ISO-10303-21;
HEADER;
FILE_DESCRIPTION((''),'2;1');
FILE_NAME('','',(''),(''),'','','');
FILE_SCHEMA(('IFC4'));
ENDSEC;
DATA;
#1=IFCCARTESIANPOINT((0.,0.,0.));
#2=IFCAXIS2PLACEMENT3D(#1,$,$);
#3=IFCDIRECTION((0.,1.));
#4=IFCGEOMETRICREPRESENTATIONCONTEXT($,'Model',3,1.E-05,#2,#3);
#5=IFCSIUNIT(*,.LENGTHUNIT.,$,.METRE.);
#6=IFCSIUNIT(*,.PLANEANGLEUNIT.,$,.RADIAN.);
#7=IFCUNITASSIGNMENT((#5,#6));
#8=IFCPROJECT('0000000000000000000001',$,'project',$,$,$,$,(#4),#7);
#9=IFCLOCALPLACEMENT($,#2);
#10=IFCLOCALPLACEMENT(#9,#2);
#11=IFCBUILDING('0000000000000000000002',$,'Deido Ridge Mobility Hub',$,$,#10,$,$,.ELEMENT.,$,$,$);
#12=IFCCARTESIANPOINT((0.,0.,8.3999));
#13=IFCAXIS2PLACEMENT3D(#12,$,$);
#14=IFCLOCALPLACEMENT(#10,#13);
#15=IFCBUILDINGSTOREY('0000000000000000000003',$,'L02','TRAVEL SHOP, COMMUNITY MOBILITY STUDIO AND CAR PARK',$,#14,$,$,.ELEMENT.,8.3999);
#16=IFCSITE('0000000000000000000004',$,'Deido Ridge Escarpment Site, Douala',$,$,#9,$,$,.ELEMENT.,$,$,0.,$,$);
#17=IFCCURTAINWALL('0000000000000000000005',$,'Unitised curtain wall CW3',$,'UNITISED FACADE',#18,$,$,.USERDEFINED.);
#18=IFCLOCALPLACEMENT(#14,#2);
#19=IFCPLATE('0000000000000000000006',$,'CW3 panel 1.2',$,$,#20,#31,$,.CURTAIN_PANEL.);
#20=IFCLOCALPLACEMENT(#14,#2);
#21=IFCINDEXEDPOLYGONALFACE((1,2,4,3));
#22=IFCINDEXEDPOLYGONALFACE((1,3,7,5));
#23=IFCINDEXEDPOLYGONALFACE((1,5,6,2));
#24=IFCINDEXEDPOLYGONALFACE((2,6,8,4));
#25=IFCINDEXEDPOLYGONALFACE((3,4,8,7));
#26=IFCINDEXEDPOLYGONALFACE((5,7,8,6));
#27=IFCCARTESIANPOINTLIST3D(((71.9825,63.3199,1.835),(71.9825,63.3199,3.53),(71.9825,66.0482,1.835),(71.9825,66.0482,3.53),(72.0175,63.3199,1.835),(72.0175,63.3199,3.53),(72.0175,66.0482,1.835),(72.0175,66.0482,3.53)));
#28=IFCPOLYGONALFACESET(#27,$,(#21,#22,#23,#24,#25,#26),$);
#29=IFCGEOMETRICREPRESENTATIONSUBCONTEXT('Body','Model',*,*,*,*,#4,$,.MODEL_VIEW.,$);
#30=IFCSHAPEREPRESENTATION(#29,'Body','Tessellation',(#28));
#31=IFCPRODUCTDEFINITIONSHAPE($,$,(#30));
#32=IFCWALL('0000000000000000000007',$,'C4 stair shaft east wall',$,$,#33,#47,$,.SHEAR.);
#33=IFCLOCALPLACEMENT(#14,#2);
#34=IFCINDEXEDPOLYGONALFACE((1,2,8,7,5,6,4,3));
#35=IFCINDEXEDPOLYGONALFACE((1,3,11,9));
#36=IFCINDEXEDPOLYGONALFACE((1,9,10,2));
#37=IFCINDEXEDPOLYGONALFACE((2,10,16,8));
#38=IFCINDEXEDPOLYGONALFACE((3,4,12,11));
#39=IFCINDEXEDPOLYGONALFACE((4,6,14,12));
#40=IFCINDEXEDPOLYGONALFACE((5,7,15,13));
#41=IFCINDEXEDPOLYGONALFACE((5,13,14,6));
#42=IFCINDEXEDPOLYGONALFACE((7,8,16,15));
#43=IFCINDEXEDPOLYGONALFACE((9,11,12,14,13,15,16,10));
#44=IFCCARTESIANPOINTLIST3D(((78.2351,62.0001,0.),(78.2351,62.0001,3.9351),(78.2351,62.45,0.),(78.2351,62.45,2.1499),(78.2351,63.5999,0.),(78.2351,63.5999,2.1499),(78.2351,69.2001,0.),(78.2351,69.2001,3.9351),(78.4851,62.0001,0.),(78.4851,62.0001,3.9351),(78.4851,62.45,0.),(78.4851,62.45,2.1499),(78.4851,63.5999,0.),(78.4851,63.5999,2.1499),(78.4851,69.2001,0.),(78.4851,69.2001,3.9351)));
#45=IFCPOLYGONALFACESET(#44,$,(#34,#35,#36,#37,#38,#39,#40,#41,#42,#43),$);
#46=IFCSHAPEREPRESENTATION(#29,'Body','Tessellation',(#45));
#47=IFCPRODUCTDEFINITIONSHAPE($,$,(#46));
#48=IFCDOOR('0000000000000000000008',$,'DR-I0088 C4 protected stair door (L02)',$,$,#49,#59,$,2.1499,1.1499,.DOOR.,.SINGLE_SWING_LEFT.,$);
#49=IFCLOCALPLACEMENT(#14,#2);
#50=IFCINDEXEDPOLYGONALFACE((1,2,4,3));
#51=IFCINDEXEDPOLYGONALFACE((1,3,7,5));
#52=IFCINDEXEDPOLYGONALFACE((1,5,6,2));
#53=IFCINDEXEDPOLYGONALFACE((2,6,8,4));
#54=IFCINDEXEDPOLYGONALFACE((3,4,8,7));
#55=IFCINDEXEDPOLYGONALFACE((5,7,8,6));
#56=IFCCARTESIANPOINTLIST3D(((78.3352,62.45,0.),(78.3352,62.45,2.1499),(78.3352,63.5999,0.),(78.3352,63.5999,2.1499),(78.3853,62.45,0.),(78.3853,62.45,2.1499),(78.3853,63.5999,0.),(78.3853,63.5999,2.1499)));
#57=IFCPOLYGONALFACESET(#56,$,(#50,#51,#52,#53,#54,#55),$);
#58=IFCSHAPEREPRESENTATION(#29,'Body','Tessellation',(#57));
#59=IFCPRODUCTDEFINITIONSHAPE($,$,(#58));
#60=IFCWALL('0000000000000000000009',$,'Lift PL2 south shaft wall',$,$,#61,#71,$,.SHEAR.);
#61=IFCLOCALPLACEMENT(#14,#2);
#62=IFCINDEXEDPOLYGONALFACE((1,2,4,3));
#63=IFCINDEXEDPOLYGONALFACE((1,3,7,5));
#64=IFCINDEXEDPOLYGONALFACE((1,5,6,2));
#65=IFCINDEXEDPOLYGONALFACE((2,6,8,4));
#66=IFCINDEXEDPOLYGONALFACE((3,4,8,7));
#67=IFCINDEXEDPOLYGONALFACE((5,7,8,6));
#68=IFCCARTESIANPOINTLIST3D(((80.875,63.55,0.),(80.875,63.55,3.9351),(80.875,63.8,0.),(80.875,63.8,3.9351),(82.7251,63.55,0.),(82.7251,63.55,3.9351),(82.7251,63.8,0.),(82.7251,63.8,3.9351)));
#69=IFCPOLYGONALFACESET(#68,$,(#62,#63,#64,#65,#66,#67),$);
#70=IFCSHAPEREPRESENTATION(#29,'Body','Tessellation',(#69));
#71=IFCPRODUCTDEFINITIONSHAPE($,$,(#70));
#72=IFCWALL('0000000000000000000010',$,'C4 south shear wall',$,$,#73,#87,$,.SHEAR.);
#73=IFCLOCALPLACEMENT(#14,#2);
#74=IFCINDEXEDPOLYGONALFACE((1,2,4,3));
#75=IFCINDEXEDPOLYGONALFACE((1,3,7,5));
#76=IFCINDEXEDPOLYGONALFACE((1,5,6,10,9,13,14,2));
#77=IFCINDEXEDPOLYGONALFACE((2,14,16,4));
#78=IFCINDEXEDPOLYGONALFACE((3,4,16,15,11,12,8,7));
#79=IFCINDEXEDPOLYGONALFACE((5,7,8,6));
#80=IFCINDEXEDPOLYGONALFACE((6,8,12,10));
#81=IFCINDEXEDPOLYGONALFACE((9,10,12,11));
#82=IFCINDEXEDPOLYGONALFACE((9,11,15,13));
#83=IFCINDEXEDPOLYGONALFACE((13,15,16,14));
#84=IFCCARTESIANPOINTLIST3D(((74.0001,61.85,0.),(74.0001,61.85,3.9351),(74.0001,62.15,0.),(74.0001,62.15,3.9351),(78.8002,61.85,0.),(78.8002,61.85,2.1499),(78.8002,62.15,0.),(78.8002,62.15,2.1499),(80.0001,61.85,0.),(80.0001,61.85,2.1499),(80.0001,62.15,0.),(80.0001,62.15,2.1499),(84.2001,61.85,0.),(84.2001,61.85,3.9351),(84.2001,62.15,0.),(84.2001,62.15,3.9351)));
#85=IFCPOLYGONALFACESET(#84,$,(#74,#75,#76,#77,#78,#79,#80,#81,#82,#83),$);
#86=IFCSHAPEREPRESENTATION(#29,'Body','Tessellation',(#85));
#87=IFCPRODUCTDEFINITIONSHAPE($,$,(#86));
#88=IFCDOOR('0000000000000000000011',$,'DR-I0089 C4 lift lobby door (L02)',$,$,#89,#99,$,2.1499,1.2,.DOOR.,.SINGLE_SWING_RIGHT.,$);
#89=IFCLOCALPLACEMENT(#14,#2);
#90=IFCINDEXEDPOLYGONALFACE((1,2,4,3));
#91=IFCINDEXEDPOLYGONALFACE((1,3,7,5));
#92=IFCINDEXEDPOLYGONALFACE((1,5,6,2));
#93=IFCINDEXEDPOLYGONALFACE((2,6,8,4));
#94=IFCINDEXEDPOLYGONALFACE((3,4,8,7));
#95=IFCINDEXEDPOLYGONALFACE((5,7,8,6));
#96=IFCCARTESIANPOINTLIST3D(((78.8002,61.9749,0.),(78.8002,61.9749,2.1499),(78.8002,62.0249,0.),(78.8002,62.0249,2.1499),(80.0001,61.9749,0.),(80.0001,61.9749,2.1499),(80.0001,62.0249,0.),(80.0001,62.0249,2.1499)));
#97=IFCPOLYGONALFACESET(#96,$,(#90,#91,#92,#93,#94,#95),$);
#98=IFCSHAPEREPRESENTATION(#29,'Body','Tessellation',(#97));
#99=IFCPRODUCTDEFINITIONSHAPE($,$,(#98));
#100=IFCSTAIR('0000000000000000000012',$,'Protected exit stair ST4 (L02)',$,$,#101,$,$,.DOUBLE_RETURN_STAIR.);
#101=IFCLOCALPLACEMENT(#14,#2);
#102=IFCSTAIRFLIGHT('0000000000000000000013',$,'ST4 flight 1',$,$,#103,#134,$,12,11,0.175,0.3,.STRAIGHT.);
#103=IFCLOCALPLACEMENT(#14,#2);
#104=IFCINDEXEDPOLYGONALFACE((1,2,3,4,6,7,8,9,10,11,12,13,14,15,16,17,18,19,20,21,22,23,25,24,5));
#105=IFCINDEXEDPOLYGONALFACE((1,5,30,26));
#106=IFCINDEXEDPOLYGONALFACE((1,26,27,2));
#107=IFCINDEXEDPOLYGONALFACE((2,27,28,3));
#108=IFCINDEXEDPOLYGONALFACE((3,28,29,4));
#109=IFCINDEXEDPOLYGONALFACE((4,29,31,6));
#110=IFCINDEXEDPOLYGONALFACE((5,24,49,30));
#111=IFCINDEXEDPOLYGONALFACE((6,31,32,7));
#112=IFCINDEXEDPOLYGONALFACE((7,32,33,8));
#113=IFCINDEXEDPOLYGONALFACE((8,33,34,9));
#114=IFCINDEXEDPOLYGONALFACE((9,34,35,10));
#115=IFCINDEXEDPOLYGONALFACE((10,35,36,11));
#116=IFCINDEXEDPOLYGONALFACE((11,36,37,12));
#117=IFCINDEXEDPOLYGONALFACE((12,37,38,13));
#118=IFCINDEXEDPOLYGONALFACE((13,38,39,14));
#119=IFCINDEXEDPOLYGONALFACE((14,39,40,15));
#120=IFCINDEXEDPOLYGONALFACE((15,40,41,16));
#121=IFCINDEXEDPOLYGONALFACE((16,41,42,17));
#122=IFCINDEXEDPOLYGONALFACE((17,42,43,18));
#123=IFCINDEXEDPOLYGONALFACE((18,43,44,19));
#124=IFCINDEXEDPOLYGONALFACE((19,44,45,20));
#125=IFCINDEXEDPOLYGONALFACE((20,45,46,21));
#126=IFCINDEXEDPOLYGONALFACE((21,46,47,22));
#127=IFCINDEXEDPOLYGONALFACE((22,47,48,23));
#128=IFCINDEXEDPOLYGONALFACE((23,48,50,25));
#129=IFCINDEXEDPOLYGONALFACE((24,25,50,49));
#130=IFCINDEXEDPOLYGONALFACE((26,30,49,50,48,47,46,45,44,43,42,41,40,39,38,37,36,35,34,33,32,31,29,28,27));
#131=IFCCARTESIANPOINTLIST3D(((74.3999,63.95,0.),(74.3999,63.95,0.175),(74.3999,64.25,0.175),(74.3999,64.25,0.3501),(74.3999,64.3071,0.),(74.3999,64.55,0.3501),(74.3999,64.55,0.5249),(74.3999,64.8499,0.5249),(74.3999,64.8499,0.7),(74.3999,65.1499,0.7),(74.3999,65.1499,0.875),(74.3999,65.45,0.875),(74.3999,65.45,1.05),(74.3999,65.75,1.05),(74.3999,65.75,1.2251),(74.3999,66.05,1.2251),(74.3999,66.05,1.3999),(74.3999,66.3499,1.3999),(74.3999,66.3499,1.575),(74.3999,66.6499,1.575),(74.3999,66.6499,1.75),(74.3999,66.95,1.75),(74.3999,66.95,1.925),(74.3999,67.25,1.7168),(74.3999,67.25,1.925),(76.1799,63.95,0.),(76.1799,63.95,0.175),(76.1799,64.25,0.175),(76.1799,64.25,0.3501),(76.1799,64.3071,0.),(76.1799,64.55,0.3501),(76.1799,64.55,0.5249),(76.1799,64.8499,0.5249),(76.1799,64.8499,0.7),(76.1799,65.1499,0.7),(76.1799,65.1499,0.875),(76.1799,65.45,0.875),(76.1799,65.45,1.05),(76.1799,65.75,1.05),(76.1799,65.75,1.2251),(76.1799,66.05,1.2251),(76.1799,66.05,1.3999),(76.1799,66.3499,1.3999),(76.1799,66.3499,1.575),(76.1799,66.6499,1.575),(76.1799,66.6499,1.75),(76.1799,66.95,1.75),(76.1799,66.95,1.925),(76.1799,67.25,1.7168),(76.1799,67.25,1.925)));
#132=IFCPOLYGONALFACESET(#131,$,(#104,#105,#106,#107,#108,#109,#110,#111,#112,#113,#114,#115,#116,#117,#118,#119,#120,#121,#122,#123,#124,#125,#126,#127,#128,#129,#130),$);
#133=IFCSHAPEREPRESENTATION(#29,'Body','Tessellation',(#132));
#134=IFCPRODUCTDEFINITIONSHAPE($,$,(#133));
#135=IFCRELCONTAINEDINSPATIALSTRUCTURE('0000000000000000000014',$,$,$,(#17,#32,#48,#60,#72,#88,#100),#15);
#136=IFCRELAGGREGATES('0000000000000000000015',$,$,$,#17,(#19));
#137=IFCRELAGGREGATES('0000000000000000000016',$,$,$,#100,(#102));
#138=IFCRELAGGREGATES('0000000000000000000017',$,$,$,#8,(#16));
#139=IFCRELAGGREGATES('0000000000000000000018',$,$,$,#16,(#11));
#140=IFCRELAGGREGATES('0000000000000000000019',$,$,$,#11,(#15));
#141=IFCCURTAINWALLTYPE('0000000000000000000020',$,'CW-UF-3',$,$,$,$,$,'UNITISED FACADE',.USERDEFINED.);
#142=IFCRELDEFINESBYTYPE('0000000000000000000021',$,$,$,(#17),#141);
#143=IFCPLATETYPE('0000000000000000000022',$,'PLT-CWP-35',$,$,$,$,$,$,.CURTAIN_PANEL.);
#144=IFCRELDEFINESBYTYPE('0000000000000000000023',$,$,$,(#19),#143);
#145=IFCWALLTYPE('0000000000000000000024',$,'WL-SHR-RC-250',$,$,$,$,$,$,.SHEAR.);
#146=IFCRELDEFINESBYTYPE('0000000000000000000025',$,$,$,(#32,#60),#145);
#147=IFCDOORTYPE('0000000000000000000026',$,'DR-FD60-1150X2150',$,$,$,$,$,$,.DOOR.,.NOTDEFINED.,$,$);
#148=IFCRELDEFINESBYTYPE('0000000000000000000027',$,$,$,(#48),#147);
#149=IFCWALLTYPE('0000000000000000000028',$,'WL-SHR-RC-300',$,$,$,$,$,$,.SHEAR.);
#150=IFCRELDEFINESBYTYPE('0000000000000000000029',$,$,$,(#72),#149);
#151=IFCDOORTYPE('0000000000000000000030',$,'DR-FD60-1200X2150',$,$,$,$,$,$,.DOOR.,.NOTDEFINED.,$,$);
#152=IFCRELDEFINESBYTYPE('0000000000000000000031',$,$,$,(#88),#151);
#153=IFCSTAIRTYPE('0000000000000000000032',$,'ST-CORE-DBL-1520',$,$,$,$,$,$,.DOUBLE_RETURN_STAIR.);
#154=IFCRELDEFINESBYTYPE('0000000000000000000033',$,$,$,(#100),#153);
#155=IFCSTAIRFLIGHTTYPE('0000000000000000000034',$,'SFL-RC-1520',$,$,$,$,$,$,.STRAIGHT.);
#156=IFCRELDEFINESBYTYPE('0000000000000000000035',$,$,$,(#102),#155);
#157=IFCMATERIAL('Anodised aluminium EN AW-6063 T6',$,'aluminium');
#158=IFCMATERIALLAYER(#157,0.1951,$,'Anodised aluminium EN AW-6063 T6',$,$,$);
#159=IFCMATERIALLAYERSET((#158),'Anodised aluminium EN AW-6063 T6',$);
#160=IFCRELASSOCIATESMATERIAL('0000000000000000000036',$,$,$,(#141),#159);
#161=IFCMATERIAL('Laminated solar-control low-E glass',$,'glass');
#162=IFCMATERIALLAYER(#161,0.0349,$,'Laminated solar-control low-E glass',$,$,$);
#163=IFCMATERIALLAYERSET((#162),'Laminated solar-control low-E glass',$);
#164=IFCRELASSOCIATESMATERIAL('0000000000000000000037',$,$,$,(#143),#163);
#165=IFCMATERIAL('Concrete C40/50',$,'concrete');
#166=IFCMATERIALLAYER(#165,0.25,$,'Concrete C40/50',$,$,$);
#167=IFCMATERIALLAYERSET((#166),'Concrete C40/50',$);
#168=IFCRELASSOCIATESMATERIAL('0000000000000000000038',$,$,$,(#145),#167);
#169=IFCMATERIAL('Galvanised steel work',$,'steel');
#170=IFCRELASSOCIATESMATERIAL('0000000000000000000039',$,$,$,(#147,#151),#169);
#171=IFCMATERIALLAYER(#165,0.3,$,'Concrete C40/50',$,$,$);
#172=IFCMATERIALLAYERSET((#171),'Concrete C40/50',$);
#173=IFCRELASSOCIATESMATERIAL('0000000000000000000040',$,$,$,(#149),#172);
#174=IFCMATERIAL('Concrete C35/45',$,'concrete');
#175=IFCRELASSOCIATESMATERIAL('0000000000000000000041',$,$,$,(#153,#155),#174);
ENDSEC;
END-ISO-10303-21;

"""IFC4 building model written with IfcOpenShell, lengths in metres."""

from ifc_helpers import new_model, si_unit, direction, frame, frame_2d, origin, origin_2d, place, context, subcontext, project, spatial, polyline, rectangle, outline, extrude, material, layer, layer_set, type_object, element, fill, aggregate, save


model = new_model("IFC4")

# Units and contexts
model_context = context("Model", 3, precision=1e-05, world=origin(), true_north=direction((0.0, 1.0)))
body_context = subcontext(model_context, "Body", "Model", "MODEL_VIEW")
ifc_project = project(units=[si_unit("LENGTHUNIT", "METRE"), si_unit("PLANEANGLEUNIT", "RADIAN")], contexts=[model_context])

# Site, building, storey
site_placement = place(None, origin())
site = spatial("IfcSite", under=ifc_project, at=site_placement, Name="Deido Ridge Escarpment Site, Douala", CompositionType="ELEMENT", RefElevation=0.0)
building_placement = place(site_placement, origin())
building = spatial("IfcBuilding", under=site, at=building_placement, Name="Deido Ridge Mobility Hub", CompositionType="ELEMENT")
storey_placement = place(building_placement, frame((0.0, 0.0, 8.3999)))
storey = spatial("IfcBuildingStorey", under=building, at=storey_placement, Name="L02", Description="TRAVEL SHOP, COMMUNITY MOBILITY STUDIO AND CAR PARK", CompositionType="ELEMENT", Elevation=8.3999)

# Curtain wall, plate
ifc_material_1 = material(Name="Anodised aluminium EN AW-6063 T6", Category="aluminium")
ifc_layer_1 = layer(ifc_material_1, 0.1951, Name="Anodised aluminium EN AW-6063 T6")
ifc_layer_set_1 = layer_set([ifc_layer_1], Name="Anodised aluminium EN AW-6063 T6")
curtain_wall_type = type_object("IfcCurtainWallType", Name="CW-UF-3", ElementType="UNITISED FACADE", PredefinedType="USERDEFINED", material=ifc_layer_set_1)
curtain_wall_placement = place(storey_placement, origin())
curtain_wall = element("IfcCurtainWall", 1, at=curtain_wall_placement, inside=storey, type_object=curtain_wall_type, Name="Unitised curtain wall CW3", ObjectType="UNITISED FACADE", PredefinedType="USERDEFINED")
ifc_material_2 = material(Name="Laminated solar-control low-E glass", Category="glass")
ifc_layer_2 = layer(ifc_material_2, 0.0349, Name="Laminated solar-control low-E glass")
ifc_layer_set_2 = layer_set([ifc_layer_2], Name="Laminated solar-control low-E glass")
plate_type = type_object("IfcPlateType", Name="PLT-CWP-35", PredefinedType="CURTAIN_PANEL", material=ifc_layer_set_2)
plate_1_placement = place(storey_placement, frame((72.0, 64.6841, 1.835), z_axis=(0.0, 0.0, 1.0), x_axis=(0.0, 1.0, 0.0)))
plate_1 = element("IfcPlate", 2, at=plate_1_placement, type_object=plate_type, Name="CW3 panel 1.2", PredefinedType="CURTAIN_PANEL", context=body_context, shape_type="SweptSolid", body=[
    extrude(rectangle(XDim=2.7283, YDim=0.0349, at=origin_2d()), origin(), (0.0, 0.0, 1.0), 1.6951),
])
aggregate(curtain_wall, [plate_1])

# Wall, opening, door
ifc_material_3 = material(Name="Concrete C40/50", Category="concrete")
ifc_layer_3 = layer(ifc_material_3, 0.25, Name="Concrete C40/50")
ifc_layer_set_3 = layer_set([ifc_layer_3], Name="Concrete C40/50")
wall_type_1 = type_object("IfcWallType", Name="WL-SHR-RC-250", PredefinedType="SHEAR", material=ifc_layer_set_3)
wall_1_placement = place(storey_placement, frame((78.3601, 62.0, 0.0), z_axis=(0.0, 0.0, 1.0), x_axis=(0.0, 1.0, 0.0)))
wall_1 = element("IfcWall", 3, at=wall_1_placement, inside=storey, type_object=wall_type_1, Name="C4 stair shaft east wall", PredefinedType="SHEAR", context=body_context, shape_type="SweptSolid", body=[
    extrude(rectangle(XDim=7.2, YDim=0.25, at=frame_2d((3.6001, 0.0))), origin(), (0.0, 0.0, 1.0), 3.9351),
])
opening_1_placement = place(wall_1_placement, frame((0.45, 0.0, 0.0)))
opening_1 = element("IfcOpeningElement", 4, at=opening_1_placement, cuts=wall_1, PredefinedType="OPENING", context=body_context, shape_type="SweptSolid", body=[
    extrude(rectangle(XDim=1.1499, YDim=2.1499, at=frame_2d((0.575, 1.075))), frame((0.0, 0.135, 0.0), z_axis=(0.0, -1.0, 0.0), x_axis=(1.0, 0.0, 0.0)), (0.0, 0.0, 1.0), 0.27),
])
ifc_material_4 = material(Name="Galvanised steel work", Category="steel")
door_type_1 = type_object("IfcDoorType", Name="DR-FD60-1150X2150", OperationType="NOTDEFINED", PredefinedType="DOOR", material=ifc_material_4)
door_1_placement = place(opening_1_placement, origin())
door_1 = element("IfcDoor", 5, at=door_1_placement, inside=storey, type_object=door_type_1, Name="DR-I0088 C4 protected stair door (L02)", OperationType="SINGLE_SWING_LEFT", OverallHeight=2.1499, OverallWidth=1.1499, PredefinedType="DOOR", context=body_context, shape_type="SweptSolid", body=[
    extrude(rectangle(XDim=1.1499, YDim=2.1499, at=frame_2d((0.575, 1.075))), frame((0.0, 0.0249, 0.0), z_axis=(0.0, -1.0, 0.0), x_axis=(1.0, 0.0, 0.0)), (0.0, 0.0, 1.0), 0.05),
])
fill(opening_1, door_1)

# Wall
wall_2_placement = place(storey_placement, frame((80.875, 63.675, 0.0), z_axis=(0.0, 0.0, 1.0), x_axis=(1.0, 0.0, 0.0)))
element("IfcWall", 6, at=wall_2_placement, inside=storey, type_object=wall_type_1, Name="Lift PL2 south shaft wall", PredefinedType="SHEAR", context=body_context, shape_type="SweptSolid", body=[
    extrude(rectangle(XDim=1.8501, YDim=0.25, at=frame_2d((0.925, 0.0))), origin(), (0.0, 0.0, 1.0), 3.9351),
])

# Wall, opening, door
ifc_layer_4 = layer(ifc_material_3, 0.3, Name="Concrete C40/50")
ifc_layer_set_4 = layer_set([ifc_layer_4], Name="Concrete C40/50")
wall_type_2 = type_object("IfcWallType", Name="WL-SHR-RC-300", PredefinedType="SHEAR", material=ifc_layer_set_4)
wall_3_placement = place(storey_placement, frame((74.0, 62.0, 0.0), z_axis=(0.0, 0.0, 1.0), x_axis=(1.0, 0.0, 0.0)))
wall_3 = element("IfcWall", 7, at=wall_3_placement, inside=storey, type_object=wall_type_2, Name="C4 south shear wall", PredefinedType="SHEAR", context=body_context, shape_type="SweptSolid", body=[
    extrude(rectangle(XDim=10.2, YDim=0.3, at=frame_2d((5.1001, 0.0))), origin(), (0.0, 0.0, 1.0), 3.9351),
])
opening_2_placement = place(wall_3_placement, frame((4.8, 0.0, 0.0)))
opening_2 = element("IfcOpeningElement", 8, at=opening_2_placement, cuts=wall_3, PredefinedType="OPENING", context=body_context, shape_type="SweptSolid", body=[
    extrude(rectangle(XDim=1.2, YDim=2.1499, at=frame_2d((0.6001, 1.075))), frame((0.0, 0.1602, 0.0), z_axis=(0.0, -1.0, 0.0), x_axis=(1.0, 0.0, 0.0)), (0.0, 0.0, 1.0), 0.3201),
])
door_type_2 = type_object("IfcDoorType", Name="DR-FD60-1200X2150", OperationType="NOTDEFINED", PredefinedType="DOOR", material=ifc_material_4)
door_2_placement = place(opening_2_placement, origin())
door_2 = element("IfcDoor", 9, at=door_2_placement, inside=storey, type_object=door_type_2, Name="DR-I0089 C4 lift lobby door (L02)", OperationType="SINGLE_SWING_RIGHT", OverallHeight=2.1499, OverallWidth=1.2, PredefinedType="DOOR", context=body_context, shape_type="SweptSolid", body=[
    extrude(rectangle(XDim=1.2, YDim=2.1499, at=frame_2d((0.6001, 1.075))), frame((0.0, 0.0249, 0.0), z_axis=(0.0, -1.0, 0.0), x_axis=(1.0, 0.0, 0.0)), (0.0, 0.0, 1.0), 0.05),
])
fill(opening_2, door_2)

# Stair, stair flight
ifc_material_5 = material(Name="Concrete C35/45", Category="concrete")
stair_type = type_object("IfcStairType", Name="ST-CORE-DBL-1520", PredefinedType="DOUBLE_RETURN_STAIR", material=ifc_material_5)
stair_placement = place(storey_placement, origin())
stair = element("IfcStair", 10, at=stair_placement, inside=storey, type_object=stair_type, Name="Protected exit stair ST4 (L02)", PredefinedType="DOUBLE_RETURN_STAIR")
stair_flight_type = type_object("IfcStairFlightType", Name="SFL-RC-1520", PredefinedType="STRAIGHT", material=ifc_material_5)
stair_flight_placement = place(storey_placement, frame((75.29, 63.95, 0.0), z_axis=(0.0, 0.0, 1.0), x_axis=(0.0, 1.0, 0.0)))
stair_flight = element("IfcStairFlight", 11, at=stair_flight_placement, type_object=stair_flight_type, Name="ST4 flight 1", NumberOfRisers=12, NumberOfTreads=11, PredefinedType="STRAIGHT", RiserHeight=0.175, TreadLength=0.3, context=body_context, shape_type="SweptSolid", body=[
    extrude(outline(polyline([(0.0, 0.0), (0.0, 0.175), (0.3, 0.175), (0.3, 0.3501), (0.6001, 0.3501), (0.6001, 0.5249), (0.8999, 0.5249), (0.8999, 0.7), (1.2, 0.7), (1.2, 0.875), (1.5, 0.875), (1.5, 1.05), (1.8, 1.05), (1.8, 1.2251), (2.1001, 1.2251), (2.1001, 1.3999), (2.3999, 1.3999), (2.3999, 1.575), (2.7, 1.575), (2.7, 1.75), (3.0, 1.75), (3.0, 1.925), (3.3, 1.925), (3.3, 2.1001), (3.3, 1.7168), (0.3572, 0.0), (0.0, 0.0)])), frame((0.0, 0.8901, 0.0), z_axis=(0.0, -1.0, 0.0), x_axis=(1.0, 0.0, 0.0)), (0.0, 0.0, 1.0), 1.78),
])
aggregate(stair, [stair_flight])

save(model, "model.ifc")
